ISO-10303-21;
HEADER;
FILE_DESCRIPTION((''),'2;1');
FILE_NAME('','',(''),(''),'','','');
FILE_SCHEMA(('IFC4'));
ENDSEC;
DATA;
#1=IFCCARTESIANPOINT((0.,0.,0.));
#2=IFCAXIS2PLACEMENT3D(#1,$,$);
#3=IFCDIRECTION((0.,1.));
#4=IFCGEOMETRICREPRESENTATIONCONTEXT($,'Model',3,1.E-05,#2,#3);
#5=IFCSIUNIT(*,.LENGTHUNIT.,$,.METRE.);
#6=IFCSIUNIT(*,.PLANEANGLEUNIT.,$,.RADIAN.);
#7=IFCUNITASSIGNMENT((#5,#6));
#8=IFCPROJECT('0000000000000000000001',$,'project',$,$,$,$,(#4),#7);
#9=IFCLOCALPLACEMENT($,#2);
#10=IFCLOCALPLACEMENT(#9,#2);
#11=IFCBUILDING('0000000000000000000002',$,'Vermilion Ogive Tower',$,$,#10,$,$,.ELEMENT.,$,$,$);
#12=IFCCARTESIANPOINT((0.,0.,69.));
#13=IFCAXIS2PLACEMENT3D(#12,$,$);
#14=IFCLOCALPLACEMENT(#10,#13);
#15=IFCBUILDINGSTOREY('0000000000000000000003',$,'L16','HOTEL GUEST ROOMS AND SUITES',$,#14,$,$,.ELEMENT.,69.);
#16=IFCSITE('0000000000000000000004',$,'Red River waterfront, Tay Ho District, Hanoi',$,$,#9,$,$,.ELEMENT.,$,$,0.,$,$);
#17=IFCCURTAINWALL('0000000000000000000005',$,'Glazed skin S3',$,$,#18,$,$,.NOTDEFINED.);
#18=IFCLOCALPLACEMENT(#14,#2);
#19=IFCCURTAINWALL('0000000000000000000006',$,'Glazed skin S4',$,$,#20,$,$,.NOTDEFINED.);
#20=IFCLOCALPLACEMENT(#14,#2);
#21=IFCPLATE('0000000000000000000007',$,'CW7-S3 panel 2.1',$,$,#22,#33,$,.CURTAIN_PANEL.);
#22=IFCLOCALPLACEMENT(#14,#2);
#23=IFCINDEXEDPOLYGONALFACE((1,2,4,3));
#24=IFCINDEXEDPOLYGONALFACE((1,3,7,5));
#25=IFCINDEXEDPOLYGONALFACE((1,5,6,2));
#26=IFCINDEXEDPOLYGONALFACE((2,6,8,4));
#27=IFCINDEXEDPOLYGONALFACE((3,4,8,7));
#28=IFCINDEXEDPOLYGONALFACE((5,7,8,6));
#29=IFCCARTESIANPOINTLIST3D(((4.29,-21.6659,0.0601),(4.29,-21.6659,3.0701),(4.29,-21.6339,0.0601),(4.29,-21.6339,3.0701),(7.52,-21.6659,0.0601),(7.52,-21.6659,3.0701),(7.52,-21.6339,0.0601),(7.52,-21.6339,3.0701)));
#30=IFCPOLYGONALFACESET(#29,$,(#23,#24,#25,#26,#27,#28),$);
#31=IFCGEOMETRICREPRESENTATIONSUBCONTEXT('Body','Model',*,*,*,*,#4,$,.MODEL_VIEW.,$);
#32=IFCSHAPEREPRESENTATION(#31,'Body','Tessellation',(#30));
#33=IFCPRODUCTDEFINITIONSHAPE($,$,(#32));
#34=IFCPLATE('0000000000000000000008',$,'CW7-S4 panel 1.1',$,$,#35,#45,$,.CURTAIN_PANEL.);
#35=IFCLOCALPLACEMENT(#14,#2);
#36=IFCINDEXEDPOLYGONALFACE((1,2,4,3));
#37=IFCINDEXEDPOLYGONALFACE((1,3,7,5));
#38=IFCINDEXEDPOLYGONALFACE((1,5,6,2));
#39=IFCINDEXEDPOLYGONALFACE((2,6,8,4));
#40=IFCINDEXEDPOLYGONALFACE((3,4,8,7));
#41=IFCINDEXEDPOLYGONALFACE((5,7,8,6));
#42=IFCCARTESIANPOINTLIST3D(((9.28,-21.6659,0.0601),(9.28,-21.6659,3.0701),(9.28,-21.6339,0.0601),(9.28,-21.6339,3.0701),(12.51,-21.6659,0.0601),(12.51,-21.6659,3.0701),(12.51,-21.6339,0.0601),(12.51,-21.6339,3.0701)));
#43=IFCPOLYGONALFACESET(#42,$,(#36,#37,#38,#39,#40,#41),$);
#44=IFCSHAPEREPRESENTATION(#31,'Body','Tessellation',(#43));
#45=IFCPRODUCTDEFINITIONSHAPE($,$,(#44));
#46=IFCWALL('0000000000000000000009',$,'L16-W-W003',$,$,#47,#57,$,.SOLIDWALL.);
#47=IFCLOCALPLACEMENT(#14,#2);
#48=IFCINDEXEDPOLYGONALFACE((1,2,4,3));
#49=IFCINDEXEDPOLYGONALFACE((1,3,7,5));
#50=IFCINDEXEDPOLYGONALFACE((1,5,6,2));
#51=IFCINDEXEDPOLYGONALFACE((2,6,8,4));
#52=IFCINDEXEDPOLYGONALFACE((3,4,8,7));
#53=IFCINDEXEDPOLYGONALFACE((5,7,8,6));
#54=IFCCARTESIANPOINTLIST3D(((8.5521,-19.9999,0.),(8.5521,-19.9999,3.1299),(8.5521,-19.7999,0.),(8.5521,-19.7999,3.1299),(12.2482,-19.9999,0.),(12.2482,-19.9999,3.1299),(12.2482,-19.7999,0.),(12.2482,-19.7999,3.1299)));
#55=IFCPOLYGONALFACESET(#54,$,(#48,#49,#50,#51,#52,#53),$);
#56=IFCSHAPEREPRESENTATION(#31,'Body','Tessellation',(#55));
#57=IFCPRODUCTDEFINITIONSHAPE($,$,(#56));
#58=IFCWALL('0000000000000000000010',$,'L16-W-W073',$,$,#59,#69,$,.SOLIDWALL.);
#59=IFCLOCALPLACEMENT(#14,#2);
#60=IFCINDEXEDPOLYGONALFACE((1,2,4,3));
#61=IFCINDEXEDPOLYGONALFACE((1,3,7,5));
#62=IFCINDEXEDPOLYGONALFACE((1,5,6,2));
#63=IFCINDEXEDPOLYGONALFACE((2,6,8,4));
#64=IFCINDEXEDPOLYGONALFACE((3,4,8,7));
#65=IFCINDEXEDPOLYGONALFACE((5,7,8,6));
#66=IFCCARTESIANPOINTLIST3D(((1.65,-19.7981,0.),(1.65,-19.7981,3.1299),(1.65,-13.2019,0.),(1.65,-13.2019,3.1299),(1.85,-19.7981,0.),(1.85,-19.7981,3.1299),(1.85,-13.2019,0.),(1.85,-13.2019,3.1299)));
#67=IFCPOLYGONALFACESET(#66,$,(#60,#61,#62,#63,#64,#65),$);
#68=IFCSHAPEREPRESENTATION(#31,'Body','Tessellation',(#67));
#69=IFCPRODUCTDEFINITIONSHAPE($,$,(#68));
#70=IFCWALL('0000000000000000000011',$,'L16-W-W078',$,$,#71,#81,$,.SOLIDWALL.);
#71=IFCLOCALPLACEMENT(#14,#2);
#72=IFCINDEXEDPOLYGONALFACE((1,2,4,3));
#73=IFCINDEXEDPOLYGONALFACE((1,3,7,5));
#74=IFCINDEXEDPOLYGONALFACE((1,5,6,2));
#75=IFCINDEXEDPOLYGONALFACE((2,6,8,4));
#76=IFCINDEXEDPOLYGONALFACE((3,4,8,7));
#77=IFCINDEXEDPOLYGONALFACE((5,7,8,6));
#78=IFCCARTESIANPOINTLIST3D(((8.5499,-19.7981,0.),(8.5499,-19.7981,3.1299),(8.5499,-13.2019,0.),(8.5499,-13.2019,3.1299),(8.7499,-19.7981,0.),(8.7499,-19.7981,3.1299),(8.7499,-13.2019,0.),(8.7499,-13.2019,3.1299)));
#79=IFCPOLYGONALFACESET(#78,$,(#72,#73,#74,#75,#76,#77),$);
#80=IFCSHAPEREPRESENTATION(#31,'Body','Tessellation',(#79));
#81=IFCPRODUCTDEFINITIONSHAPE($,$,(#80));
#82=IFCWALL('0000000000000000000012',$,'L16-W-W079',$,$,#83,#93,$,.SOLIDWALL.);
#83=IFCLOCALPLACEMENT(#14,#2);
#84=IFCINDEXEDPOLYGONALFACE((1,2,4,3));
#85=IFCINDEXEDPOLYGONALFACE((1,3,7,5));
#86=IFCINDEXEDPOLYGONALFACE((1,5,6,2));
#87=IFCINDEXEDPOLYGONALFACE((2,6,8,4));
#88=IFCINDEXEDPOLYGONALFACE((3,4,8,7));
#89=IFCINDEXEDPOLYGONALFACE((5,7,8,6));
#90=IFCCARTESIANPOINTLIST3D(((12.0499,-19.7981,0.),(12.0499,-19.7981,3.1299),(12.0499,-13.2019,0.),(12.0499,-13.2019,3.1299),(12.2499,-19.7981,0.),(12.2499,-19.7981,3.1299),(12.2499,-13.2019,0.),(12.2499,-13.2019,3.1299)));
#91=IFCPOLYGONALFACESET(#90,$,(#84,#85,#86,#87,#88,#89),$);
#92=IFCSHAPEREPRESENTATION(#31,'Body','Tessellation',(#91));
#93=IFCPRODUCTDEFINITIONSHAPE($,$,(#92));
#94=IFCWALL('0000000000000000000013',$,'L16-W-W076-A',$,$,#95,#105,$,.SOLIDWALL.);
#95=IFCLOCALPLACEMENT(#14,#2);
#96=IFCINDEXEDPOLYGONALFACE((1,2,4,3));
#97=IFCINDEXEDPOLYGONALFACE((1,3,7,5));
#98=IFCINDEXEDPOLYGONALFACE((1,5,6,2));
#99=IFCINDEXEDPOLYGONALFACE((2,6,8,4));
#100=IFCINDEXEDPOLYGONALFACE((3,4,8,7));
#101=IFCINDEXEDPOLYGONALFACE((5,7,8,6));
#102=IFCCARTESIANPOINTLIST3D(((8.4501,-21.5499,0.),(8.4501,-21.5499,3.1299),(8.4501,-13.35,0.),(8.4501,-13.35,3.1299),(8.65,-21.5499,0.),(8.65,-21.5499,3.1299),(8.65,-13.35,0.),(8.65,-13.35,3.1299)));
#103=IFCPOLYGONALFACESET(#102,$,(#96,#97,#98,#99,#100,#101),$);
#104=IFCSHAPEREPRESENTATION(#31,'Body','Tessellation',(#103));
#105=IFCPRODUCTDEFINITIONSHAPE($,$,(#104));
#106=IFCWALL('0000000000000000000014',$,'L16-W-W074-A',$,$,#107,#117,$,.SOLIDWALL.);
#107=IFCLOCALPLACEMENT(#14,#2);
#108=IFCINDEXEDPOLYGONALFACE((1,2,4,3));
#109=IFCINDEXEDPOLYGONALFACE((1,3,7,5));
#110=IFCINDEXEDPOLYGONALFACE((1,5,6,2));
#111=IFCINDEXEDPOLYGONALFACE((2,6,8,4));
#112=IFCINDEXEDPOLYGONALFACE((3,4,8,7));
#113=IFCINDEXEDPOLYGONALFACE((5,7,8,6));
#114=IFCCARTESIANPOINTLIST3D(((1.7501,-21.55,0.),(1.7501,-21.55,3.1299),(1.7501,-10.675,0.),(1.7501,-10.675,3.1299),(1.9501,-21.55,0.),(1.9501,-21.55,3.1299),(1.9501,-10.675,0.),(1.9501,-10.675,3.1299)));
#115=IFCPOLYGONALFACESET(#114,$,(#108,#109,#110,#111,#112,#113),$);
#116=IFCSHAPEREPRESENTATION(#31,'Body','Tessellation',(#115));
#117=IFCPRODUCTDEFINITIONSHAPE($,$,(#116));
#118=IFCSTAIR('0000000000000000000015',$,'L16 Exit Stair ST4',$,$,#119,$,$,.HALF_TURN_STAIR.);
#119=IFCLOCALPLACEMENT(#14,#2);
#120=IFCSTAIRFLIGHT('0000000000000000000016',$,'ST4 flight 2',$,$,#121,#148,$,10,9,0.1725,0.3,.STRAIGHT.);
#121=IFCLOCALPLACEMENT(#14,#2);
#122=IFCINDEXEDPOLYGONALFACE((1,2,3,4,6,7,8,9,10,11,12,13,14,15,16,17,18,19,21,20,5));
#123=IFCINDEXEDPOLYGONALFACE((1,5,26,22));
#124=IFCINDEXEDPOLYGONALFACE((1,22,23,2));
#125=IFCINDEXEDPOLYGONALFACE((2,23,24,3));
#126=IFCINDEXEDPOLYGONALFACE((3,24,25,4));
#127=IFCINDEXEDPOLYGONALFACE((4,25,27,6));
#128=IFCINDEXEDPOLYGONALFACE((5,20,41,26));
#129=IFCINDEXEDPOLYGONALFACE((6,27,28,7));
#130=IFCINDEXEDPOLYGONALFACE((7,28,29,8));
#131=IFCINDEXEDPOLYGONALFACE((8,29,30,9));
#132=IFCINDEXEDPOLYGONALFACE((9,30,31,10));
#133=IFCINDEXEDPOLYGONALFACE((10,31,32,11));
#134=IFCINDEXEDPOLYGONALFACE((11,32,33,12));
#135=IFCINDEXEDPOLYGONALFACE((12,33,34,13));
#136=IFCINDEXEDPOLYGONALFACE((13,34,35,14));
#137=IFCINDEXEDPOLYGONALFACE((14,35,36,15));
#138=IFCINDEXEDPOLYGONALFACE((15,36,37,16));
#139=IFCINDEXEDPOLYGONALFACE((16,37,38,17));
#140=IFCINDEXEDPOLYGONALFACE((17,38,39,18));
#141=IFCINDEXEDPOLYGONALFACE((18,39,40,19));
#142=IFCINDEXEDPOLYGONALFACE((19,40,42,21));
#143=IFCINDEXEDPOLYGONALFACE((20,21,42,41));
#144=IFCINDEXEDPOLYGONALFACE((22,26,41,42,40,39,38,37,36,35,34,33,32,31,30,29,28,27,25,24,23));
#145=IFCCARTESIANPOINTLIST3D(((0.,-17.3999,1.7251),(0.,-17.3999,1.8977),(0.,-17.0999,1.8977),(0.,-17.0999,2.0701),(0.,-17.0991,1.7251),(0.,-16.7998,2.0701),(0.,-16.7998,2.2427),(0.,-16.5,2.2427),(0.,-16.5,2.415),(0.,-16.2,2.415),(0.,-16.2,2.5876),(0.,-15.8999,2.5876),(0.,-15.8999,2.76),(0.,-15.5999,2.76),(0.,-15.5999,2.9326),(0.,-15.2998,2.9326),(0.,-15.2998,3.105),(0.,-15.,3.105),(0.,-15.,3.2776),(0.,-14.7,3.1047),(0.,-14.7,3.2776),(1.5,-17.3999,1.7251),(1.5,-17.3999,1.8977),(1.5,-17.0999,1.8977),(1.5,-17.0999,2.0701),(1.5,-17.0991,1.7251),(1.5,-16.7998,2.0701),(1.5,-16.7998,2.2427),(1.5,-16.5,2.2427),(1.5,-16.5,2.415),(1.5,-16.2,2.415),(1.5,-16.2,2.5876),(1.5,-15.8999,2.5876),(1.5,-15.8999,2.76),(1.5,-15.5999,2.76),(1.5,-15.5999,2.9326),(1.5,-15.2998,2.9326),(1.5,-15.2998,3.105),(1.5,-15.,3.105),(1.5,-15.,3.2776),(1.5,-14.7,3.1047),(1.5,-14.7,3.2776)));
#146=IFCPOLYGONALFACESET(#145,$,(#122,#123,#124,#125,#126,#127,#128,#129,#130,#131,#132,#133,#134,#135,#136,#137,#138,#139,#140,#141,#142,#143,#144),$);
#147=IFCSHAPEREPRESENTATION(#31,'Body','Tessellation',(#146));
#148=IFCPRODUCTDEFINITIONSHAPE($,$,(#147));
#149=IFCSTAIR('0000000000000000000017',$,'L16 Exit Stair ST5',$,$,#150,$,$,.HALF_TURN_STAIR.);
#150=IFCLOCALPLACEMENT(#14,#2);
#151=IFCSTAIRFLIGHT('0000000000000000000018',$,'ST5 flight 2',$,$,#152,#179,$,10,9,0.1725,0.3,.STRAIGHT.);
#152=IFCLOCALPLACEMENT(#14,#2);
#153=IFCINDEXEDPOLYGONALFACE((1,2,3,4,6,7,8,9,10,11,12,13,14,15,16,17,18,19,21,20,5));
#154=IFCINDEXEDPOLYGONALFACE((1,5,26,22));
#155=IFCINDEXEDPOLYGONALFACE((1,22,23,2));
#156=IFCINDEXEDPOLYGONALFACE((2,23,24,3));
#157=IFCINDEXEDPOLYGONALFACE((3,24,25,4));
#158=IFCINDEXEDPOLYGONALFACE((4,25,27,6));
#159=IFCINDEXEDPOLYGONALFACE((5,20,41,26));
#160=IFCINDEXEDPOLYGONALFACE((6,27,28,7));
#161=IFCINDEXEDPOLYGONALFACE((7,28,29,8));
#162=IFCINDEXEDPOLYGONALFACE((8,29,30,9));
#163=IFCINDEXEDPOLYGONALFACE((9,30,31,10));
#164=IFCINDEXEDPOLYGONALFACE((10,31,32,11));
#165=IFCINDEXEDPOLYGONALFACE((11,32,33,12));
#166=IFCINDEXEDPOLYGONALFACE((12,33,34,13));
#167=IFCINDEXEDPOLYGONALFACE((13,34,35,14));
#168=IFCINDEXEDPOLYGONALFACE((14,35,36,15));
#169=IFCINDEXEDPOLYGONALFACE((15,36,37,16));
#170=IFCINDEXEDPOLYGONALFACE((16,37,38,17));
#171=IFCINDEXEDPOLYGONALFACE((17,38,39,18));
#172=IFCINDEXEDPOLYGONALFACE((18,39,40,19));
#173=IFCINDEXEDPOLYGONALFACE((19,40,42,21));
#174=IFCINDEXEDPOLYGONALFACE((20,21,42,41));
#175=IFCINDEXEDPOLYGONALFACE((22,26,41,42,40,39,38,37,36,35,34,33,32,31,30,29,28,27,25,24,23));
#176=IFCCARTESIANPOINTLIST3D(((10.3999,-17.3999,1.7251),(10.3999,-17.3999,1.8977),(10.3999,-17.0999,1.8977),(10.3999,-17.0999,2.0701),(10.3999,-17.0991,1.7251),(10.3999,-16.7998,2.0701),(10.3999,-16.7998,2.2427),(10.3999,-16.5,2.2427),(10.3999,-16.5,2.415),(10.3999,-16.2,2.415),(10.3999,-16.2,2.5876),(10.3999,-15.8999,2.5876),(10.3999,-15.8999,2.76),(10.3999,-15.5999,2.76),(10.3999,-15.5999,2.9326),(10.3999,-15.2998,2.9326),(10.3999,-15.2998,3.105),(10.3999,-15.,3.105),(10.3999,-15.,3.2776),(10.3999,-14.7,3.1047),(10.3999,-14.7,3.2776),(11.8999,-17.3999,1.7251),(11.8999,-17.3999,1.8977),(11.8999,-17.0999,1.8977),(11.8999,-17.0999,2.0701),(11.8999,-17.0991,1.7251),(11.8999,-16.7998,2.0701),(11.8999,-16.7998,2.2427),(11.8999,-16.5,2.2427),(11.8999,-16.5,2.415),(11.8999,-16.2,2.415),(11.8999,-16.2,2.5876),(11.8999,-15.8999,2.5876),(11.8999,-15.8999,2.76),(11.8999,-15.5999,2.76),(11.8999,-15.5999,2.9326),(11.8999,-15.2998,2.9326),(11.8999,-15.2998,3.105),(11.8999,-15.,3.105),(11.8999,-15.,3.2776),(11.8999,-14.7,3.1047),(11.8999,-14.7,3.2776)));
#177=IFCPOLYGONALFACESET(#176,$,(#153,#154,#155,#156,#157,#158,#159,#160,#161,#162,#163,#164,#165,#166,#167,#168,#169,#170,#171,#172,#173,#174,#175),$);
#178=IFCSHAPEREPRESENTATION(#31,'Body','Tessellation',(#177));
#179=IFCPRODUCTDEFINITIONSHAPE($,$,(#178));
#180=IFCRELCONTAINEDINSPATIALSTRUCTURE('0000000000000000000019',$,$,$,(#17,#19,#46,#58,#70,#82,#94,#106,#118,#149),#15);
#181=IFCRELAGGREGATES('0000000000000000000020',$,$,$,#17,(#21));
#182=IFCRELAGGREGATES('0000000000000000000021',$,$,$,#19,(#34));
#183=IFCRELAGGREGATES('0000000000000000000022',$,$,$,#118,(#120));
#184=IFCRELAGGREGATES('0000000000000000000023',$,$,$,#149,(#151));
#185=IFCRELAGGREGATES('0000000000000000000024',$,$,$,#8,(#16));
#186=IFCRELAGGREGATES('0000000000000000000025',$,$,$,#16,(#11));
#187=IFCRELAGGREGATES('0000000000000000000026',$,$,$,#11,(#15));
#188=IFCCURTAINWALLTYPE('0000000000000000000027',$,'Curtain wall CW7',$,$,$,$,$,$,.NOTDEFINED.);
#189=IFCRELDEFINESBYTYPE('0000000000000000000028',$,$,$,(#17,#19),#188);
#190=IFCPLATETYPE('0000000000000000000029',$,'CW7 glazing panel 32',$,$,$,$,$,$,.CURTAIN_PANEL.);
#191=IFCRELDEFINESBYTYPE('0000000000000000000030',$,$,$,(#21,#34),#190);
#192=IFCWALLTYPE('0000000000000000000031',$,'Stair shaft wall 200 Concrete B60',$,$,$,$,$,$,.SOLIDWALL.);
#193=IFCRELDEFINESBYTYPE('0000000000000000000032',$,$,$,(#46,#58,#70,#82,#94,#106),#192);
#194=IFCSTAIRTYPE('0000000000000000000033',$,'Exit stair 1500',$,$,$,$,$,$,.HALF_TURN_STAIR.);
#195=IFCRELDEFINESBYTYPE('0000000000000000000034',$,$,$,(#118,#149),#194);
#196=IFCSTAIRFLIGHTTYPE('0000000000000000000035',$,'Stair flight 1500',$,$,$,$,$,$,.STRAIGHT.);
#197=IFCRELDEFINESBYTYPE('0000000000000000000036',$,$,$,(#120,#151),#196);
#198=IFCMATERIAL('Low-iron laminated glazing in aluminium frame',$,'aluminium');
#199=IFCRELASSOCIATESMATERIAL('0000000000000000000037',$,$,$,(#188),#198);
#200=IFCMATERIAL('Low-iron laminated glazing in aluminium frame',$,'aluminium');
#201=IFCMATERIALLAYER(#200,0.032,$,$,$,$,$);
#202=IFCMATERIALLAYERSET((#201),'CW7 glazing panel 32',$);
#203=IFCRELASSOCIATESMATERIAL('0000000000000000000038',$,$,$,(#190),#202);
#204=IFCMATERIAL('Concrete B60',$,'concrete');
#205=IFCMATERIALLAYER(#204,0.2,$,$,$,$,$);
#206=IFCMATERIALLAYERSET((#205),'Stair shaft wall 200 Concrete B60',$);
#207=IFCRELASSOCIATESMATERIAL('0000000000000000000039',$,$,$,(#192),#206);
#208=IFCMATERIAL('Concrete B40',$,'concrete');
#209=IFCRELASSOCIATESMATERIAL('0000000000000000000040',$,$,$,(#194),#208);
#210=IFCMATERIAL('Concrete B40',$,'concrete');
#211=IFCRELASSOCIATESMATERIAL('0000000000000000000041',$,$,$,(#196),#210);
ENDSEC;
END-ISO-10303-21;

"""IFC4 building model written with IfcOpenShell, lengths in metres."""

from ifc_helpers import new_model, si_unit, direction, frame, frame_2d, origin, origin_2d, place, context, subcontext, project, spatial, polyline, rectangle, outline, extrude, material, layer, layer_set, type_object, element, aggregate, save


model = new_model("IFC4")

# Units and contexts
model_context = context("Model", 3, precision=1e-05, world=origin(), true_north=direction((0.0, 1.0)))
body_context = subcontext(model_context, "Body", "Model", "MODEL_VIEW")
ifc_project = project(units=[si_unit("LENGTHUNIT", "METRE"), si_unit("PLANEANGLEUNIT", "RADIAN")], contexts=[model_context])

# Site, building, storey
site_placement = place(None, origin())
site = spatial("IfcSite", under=ifc_project, at=site_placement, Name="Red River waterfront, Tay Ho District, Hanoi", CompositionType="ELEMENT", RefElevation=0.0)
building_placement = place(site_placement, origin())
building = spatial("IfcBuilding", under=site, at=building_placement, Name="Vermilion Ogive Tower", CompositionType="ELEMENT")
storey_placement = place(building_placement, frame((0.0, 0.0, 69.0)))
storey = spatial("IfcBuildingStorey", under=building, at=storey_placement, Name="L16", Description="HOTEL GUEST ROOMS AND SUITES", CompositionType="ELEMENT", Elevation=69.0)

# Curtain wall
ifc_material_1 = material(Name="Low-iron laminated glazing in aluminium frame", Category="aluminium")
curtain_wall_type = type_object("IfcCurtainWallType", Name="Curtain wall CW7", PredefinedType="NOTDEFINED", material=ifc_material_1)
curtain_wall_1_placement = place(storey_placement, origin())
curtain_wall_1 = element("IfcCurtainWall", 1, at=curtain_wall_1_placement, inside=storey, type_object=curtain_wall_type, Name="Glazed skin S3", PredefinedType="NOTDEFINED")

# Curtain wall
curtain_wall_2_placement = place(storey_placement, origin())
curtain_wall_2 = element("IfcCurtainWall", 2, at=curtain_wall_2_placement, inside=storey, type_object=curtain_wall_type, Name="Glazed skin S4", PredefinedType="NOTDEFINED")

# Plates
ifc_material_2 = material(Name="Low-iron laminated glazing in aluminium frame", Category="aluminium")
ifc_layer_1 = layer(ifc_material_2, 0.032)
ifc_layer_set_1 = layer_set([ifc_layer_1], Name="CW7 glazing panel 32")
plate_type = type_object("IfcPlateType", Name="CW7 glazing panel 32", PredefinedType="CURTAIN_PANEL", material=ifc_layer_set_1)
plate_1_placement = place(storey_placement, frame((5.905, -21.6499, 0.0601), z_axis=(0.0, 0.0, 1.0), x_axis=(1.0, 0.0, 0.0)))
plate_1 = element("IfcPlate", 3, at=plate_1_placement, type_object=plate_type, Name="CW7-S3 panel 2.1", PredefinedType="CURTAIN_PANEL", context=body_context, shape_type="SweptSolid", body=[
    extrude(rectangle(XDim=3.23, YDim=0.032, at=origin_2d()), origin(), (0.0, 0.0, 1.0), 3.01),
])
aggregate(curtain_wall_1, [plate_1])
plate_2_placement = place(storey_placement, frame((10.895, -21.6499, 0.0601), z_axis=(0.0, 0.0, 1.0), x_axis=(1.0, 0.0, 0.0)))
plate_2 = element("IfcPlate", 4, at=plate_2_placement, type_object=plate_type, Name="CW7-S4 panel 1.1", PredefinedType="CURTAIN_PANEL", context=body_context, shape_type="SweptSolid", body=[
    extrude(rectangle(XDim=3.23, YDim=0.032, at=origin_2d()), origin(), (0.0, 0.0, 1.0), 3.01),
])
aggregate(curtain_wall_2, [plate_2])

# Walls
ifc_material_3 = material(Name="Concrete B60", Category="concrete")
ifc_layer_2 = layer(ifc_material_3, 0.2)
ifc_layer_set_2 = layer_set([ifc_layer_2], Name="Stair shaft wall 200 Concrete B60")
wall_type = type_object("IfcWallType", Name="Stair shaft wall 200 Concrete B60", PredefinedType="SOLIDWALL", material=ifc_layer_set_2)
wall_1_placement = place(storey_placement, frame((8.552, -19.8999, 0.0), z_axis=(0.0, 0.0, 1.0), x_axis=(1.0, 0.0, 0.0)))
element("IfcWall", 5, at=wall_1_placement, inside=storey, type_object=wall_type, Name="L16-W-W003", PredefinedType="SOLIDWALL", context=body_context, shape_type="SweptSolid", body=[
    extrude(rectangle(XDim=3.696, YDim=0.2, at=frame_2d((1.8481, 0.0))), origin(), (0.0, 0.0, 1.0), 3.1299),
])
for number, where, z_axis, x_axis, name in (
    (6, (1.75, -19.7981, 0.0), (0.0, 0.0, 1.0), (0.0, 1.0, 0.0), "L16-W-W073"),
    (7, (8.6499, -19.7981, 0.0), (0.0, 0.0, 1.0), (0.0, 1.0, 0.0), "L16-W-W078"),
    (8, (12.1499, -19.7981, 0.0), (0.0, 0.0, 1.0), (0.0, 1.0, 0.0), "L16-W-W079"),
):
    element("IfcWall", number, at=place(storey_placement, frame(where, z_axis=z_axis, x_axis=x_axis)), inside=storey, type_object=wall_type, Name=name, PredefinedType="SOLIDWALL", context=body_context, shape_type="SweptSolid", body=[
        extrude(rectangle(XDim=6.5962, YDim=0.2, at=frame_2d((3.2981, 0.0))), origin(), (0.0, 0.0, 1.0), 3.1299),
    ])
wall_2_placement = place(storey_placement, frame((8.55, -21.55, 0.0), z_axis=(0.0, 0.0, 1.0), x_axis=(0.0, 1.0, 0.0)))
element("IfcWall", 9, at=wall_2_placement, inside=storey, type_object=wall_type, Name="L16-W-W076-A", PredefinedType="SOLIDWALL", context=body_context, shape_type="SweptSolid", body=[
    extrude(rectangle(XDim=8.2, YDim=0.2, at=frame_2d((4.1001, 0.0))), origin(), (0.0, 0.0, 1.0), 3.1299),
])
wall_3_placement = place(storey_placement, frame((1.8501, -21.55, 0.0), z_axis=(0.0, 0.0, 1.0), x_axis=(0.0, 1.0, 0.0)))
element("IfcWall", 10, at=wall_3_placement, inside=storey, type_object=wall_type, Name="L16-W-W074-A", PredefinedType="SOLIDWALL", context=body_context, shape_type="SweptSolid", body=[
    extrude(rectangle(XDim=10.875, YDim=0.2, at=frame_2d((5.4375, 0.0))), origin(), (0.0, 0.0, 1.0), 3.1299),
])

# Stairs, stair flights
ifc_material_4 = material(Name="Concrete B40", Category="concrete")
stair_type = type_object("IfcStairType", Name="Exit stair 1500", PredefinedType="HALF_TURN_STAIR", material=ifc_material_4)
stair_1_placement = place(storey_placement, origin())
stair_1 = element("IfcStair", 11, at=stair_1_placement, inside=storey, type_object=stair_type, Name="L16 Exit Stair ST4", PredefinedType="HALF_TURN_STAIR")
ifc_material_5 = material(Name="Concrete B40", Category="concrete")
stair_flight_type = type_object("IfcStairFlightType", Name="Stair flight 1500", PredefinedType="STRAIGHT", material=ifc_material_5)
stair_flight_1_placement = place(storey_placement, frame((0.75, -17.3999, 1.7251), z_axis=(0.0, 0.0, 1.0), x_axis=(0.0, 1.0, 0.0)))
stair_flight_1 = element("IfcStairFlight", 12, at=stair_flight_1_placement, type_object=stair_flight_type, Name="ST4 flight 2", NumberOfRisers=10, NumberOfTreads=9, PredefinedType="STRAIGHT", RiserHeight=0.1725, TreadLength=0.3, context=body_context, shape_type="SweptSolid", body=[
    extrude(outline(polyline([(0.0, 0.0), (0.0, 0.1726), (0.3, 0.1726), (0.3, 0.345), (0.6001, 0.345), (0.6001, 0.5176), (0.8999, 0.5176), (0.8999, 0.6899), (1.2, 0.6899), (1.2, 0.8625), (1.5, 0.8625), (1.5, 1.0349), (1.8, 1.0349), (1.8, 1.2075), (2.1001, 1.2075), (2.1001, 1.3799), (2.3999, 1.3799), (2.3999, 1.5525), (2.7, 1.5525), (2.7, 1.7251), (2.7, 1.3796), (0.3008, 0.0), (0.0, 0.0)])), frame((0.0, 0.75, 0.0), z_axis=(0.0, -1.0, 0.0), x_axis=(1.0, 0.0, 0.0)), (0.0, 0.0, 1.0), 1.5),
])
aggregate(stair_1, [stair_flight_1])
stair_2_placement = place(storey_placement, origin())
stair_2 = element("IfcStair", 13, at=stair_2_placement, inside=storey, type_object=stair_type, Name="L16 Exit Stair ST5", PredefinedType="HALF_TURN_STAIR")
stair_flight_2_placement = place(storey_placement, frame((11.1499, -17.3999, 1.7251), z_axis=(0.0, 0.0, 1.0), x_axis=(0.0, 1.0, 0.0)))
stair_flight_2 = element("IfcStairFlight", 14, at=stair_flight_2_placement, type_object=stair_flight_type, Name="ST5 flight 2", NumberOfRisers=10, NumberOfTreads=9, PredefinedType="STRAIGHT", RiserHeight=0.1725, TreadLength=0.3, context=body_context, shape_type="SweptSolid", body=[
    extrude(outline(polyline([(0.0, 0.0), (0.0, 0.1726), (0.3, 0.1726), (0.3, 0.345), (0.6001, 0.345), (0.6001, 0.5176), (0.8999, 0.5176), (0.8999, 0.6899), (1.2, 0.6899), (1.2, 0.8625), (1.5, 0.8625), (1.5, 1.0349), (1.8, 1.0349), (1.8, 1.2075), (2.1001, 1.2075), (2.1001, 1.3799), (2.3999, 1.3799), (2.3999, 1.5525), (2.7, 1.5525), (2.7, 1.7251), (2.7, 1.3796), (0.3008, 0.0), (0.0, 0.0)])), frame((0.0, 0.75, 0.0), z_axis=(0.0, -1.0, 0.0), x_axis=(1.0, 0.0, 0.0)), (0.0, 0.0, 1.0), 1.5),
])
aggregate(stair_2, [stair_flight_2])

save(model, "model.ifc")
